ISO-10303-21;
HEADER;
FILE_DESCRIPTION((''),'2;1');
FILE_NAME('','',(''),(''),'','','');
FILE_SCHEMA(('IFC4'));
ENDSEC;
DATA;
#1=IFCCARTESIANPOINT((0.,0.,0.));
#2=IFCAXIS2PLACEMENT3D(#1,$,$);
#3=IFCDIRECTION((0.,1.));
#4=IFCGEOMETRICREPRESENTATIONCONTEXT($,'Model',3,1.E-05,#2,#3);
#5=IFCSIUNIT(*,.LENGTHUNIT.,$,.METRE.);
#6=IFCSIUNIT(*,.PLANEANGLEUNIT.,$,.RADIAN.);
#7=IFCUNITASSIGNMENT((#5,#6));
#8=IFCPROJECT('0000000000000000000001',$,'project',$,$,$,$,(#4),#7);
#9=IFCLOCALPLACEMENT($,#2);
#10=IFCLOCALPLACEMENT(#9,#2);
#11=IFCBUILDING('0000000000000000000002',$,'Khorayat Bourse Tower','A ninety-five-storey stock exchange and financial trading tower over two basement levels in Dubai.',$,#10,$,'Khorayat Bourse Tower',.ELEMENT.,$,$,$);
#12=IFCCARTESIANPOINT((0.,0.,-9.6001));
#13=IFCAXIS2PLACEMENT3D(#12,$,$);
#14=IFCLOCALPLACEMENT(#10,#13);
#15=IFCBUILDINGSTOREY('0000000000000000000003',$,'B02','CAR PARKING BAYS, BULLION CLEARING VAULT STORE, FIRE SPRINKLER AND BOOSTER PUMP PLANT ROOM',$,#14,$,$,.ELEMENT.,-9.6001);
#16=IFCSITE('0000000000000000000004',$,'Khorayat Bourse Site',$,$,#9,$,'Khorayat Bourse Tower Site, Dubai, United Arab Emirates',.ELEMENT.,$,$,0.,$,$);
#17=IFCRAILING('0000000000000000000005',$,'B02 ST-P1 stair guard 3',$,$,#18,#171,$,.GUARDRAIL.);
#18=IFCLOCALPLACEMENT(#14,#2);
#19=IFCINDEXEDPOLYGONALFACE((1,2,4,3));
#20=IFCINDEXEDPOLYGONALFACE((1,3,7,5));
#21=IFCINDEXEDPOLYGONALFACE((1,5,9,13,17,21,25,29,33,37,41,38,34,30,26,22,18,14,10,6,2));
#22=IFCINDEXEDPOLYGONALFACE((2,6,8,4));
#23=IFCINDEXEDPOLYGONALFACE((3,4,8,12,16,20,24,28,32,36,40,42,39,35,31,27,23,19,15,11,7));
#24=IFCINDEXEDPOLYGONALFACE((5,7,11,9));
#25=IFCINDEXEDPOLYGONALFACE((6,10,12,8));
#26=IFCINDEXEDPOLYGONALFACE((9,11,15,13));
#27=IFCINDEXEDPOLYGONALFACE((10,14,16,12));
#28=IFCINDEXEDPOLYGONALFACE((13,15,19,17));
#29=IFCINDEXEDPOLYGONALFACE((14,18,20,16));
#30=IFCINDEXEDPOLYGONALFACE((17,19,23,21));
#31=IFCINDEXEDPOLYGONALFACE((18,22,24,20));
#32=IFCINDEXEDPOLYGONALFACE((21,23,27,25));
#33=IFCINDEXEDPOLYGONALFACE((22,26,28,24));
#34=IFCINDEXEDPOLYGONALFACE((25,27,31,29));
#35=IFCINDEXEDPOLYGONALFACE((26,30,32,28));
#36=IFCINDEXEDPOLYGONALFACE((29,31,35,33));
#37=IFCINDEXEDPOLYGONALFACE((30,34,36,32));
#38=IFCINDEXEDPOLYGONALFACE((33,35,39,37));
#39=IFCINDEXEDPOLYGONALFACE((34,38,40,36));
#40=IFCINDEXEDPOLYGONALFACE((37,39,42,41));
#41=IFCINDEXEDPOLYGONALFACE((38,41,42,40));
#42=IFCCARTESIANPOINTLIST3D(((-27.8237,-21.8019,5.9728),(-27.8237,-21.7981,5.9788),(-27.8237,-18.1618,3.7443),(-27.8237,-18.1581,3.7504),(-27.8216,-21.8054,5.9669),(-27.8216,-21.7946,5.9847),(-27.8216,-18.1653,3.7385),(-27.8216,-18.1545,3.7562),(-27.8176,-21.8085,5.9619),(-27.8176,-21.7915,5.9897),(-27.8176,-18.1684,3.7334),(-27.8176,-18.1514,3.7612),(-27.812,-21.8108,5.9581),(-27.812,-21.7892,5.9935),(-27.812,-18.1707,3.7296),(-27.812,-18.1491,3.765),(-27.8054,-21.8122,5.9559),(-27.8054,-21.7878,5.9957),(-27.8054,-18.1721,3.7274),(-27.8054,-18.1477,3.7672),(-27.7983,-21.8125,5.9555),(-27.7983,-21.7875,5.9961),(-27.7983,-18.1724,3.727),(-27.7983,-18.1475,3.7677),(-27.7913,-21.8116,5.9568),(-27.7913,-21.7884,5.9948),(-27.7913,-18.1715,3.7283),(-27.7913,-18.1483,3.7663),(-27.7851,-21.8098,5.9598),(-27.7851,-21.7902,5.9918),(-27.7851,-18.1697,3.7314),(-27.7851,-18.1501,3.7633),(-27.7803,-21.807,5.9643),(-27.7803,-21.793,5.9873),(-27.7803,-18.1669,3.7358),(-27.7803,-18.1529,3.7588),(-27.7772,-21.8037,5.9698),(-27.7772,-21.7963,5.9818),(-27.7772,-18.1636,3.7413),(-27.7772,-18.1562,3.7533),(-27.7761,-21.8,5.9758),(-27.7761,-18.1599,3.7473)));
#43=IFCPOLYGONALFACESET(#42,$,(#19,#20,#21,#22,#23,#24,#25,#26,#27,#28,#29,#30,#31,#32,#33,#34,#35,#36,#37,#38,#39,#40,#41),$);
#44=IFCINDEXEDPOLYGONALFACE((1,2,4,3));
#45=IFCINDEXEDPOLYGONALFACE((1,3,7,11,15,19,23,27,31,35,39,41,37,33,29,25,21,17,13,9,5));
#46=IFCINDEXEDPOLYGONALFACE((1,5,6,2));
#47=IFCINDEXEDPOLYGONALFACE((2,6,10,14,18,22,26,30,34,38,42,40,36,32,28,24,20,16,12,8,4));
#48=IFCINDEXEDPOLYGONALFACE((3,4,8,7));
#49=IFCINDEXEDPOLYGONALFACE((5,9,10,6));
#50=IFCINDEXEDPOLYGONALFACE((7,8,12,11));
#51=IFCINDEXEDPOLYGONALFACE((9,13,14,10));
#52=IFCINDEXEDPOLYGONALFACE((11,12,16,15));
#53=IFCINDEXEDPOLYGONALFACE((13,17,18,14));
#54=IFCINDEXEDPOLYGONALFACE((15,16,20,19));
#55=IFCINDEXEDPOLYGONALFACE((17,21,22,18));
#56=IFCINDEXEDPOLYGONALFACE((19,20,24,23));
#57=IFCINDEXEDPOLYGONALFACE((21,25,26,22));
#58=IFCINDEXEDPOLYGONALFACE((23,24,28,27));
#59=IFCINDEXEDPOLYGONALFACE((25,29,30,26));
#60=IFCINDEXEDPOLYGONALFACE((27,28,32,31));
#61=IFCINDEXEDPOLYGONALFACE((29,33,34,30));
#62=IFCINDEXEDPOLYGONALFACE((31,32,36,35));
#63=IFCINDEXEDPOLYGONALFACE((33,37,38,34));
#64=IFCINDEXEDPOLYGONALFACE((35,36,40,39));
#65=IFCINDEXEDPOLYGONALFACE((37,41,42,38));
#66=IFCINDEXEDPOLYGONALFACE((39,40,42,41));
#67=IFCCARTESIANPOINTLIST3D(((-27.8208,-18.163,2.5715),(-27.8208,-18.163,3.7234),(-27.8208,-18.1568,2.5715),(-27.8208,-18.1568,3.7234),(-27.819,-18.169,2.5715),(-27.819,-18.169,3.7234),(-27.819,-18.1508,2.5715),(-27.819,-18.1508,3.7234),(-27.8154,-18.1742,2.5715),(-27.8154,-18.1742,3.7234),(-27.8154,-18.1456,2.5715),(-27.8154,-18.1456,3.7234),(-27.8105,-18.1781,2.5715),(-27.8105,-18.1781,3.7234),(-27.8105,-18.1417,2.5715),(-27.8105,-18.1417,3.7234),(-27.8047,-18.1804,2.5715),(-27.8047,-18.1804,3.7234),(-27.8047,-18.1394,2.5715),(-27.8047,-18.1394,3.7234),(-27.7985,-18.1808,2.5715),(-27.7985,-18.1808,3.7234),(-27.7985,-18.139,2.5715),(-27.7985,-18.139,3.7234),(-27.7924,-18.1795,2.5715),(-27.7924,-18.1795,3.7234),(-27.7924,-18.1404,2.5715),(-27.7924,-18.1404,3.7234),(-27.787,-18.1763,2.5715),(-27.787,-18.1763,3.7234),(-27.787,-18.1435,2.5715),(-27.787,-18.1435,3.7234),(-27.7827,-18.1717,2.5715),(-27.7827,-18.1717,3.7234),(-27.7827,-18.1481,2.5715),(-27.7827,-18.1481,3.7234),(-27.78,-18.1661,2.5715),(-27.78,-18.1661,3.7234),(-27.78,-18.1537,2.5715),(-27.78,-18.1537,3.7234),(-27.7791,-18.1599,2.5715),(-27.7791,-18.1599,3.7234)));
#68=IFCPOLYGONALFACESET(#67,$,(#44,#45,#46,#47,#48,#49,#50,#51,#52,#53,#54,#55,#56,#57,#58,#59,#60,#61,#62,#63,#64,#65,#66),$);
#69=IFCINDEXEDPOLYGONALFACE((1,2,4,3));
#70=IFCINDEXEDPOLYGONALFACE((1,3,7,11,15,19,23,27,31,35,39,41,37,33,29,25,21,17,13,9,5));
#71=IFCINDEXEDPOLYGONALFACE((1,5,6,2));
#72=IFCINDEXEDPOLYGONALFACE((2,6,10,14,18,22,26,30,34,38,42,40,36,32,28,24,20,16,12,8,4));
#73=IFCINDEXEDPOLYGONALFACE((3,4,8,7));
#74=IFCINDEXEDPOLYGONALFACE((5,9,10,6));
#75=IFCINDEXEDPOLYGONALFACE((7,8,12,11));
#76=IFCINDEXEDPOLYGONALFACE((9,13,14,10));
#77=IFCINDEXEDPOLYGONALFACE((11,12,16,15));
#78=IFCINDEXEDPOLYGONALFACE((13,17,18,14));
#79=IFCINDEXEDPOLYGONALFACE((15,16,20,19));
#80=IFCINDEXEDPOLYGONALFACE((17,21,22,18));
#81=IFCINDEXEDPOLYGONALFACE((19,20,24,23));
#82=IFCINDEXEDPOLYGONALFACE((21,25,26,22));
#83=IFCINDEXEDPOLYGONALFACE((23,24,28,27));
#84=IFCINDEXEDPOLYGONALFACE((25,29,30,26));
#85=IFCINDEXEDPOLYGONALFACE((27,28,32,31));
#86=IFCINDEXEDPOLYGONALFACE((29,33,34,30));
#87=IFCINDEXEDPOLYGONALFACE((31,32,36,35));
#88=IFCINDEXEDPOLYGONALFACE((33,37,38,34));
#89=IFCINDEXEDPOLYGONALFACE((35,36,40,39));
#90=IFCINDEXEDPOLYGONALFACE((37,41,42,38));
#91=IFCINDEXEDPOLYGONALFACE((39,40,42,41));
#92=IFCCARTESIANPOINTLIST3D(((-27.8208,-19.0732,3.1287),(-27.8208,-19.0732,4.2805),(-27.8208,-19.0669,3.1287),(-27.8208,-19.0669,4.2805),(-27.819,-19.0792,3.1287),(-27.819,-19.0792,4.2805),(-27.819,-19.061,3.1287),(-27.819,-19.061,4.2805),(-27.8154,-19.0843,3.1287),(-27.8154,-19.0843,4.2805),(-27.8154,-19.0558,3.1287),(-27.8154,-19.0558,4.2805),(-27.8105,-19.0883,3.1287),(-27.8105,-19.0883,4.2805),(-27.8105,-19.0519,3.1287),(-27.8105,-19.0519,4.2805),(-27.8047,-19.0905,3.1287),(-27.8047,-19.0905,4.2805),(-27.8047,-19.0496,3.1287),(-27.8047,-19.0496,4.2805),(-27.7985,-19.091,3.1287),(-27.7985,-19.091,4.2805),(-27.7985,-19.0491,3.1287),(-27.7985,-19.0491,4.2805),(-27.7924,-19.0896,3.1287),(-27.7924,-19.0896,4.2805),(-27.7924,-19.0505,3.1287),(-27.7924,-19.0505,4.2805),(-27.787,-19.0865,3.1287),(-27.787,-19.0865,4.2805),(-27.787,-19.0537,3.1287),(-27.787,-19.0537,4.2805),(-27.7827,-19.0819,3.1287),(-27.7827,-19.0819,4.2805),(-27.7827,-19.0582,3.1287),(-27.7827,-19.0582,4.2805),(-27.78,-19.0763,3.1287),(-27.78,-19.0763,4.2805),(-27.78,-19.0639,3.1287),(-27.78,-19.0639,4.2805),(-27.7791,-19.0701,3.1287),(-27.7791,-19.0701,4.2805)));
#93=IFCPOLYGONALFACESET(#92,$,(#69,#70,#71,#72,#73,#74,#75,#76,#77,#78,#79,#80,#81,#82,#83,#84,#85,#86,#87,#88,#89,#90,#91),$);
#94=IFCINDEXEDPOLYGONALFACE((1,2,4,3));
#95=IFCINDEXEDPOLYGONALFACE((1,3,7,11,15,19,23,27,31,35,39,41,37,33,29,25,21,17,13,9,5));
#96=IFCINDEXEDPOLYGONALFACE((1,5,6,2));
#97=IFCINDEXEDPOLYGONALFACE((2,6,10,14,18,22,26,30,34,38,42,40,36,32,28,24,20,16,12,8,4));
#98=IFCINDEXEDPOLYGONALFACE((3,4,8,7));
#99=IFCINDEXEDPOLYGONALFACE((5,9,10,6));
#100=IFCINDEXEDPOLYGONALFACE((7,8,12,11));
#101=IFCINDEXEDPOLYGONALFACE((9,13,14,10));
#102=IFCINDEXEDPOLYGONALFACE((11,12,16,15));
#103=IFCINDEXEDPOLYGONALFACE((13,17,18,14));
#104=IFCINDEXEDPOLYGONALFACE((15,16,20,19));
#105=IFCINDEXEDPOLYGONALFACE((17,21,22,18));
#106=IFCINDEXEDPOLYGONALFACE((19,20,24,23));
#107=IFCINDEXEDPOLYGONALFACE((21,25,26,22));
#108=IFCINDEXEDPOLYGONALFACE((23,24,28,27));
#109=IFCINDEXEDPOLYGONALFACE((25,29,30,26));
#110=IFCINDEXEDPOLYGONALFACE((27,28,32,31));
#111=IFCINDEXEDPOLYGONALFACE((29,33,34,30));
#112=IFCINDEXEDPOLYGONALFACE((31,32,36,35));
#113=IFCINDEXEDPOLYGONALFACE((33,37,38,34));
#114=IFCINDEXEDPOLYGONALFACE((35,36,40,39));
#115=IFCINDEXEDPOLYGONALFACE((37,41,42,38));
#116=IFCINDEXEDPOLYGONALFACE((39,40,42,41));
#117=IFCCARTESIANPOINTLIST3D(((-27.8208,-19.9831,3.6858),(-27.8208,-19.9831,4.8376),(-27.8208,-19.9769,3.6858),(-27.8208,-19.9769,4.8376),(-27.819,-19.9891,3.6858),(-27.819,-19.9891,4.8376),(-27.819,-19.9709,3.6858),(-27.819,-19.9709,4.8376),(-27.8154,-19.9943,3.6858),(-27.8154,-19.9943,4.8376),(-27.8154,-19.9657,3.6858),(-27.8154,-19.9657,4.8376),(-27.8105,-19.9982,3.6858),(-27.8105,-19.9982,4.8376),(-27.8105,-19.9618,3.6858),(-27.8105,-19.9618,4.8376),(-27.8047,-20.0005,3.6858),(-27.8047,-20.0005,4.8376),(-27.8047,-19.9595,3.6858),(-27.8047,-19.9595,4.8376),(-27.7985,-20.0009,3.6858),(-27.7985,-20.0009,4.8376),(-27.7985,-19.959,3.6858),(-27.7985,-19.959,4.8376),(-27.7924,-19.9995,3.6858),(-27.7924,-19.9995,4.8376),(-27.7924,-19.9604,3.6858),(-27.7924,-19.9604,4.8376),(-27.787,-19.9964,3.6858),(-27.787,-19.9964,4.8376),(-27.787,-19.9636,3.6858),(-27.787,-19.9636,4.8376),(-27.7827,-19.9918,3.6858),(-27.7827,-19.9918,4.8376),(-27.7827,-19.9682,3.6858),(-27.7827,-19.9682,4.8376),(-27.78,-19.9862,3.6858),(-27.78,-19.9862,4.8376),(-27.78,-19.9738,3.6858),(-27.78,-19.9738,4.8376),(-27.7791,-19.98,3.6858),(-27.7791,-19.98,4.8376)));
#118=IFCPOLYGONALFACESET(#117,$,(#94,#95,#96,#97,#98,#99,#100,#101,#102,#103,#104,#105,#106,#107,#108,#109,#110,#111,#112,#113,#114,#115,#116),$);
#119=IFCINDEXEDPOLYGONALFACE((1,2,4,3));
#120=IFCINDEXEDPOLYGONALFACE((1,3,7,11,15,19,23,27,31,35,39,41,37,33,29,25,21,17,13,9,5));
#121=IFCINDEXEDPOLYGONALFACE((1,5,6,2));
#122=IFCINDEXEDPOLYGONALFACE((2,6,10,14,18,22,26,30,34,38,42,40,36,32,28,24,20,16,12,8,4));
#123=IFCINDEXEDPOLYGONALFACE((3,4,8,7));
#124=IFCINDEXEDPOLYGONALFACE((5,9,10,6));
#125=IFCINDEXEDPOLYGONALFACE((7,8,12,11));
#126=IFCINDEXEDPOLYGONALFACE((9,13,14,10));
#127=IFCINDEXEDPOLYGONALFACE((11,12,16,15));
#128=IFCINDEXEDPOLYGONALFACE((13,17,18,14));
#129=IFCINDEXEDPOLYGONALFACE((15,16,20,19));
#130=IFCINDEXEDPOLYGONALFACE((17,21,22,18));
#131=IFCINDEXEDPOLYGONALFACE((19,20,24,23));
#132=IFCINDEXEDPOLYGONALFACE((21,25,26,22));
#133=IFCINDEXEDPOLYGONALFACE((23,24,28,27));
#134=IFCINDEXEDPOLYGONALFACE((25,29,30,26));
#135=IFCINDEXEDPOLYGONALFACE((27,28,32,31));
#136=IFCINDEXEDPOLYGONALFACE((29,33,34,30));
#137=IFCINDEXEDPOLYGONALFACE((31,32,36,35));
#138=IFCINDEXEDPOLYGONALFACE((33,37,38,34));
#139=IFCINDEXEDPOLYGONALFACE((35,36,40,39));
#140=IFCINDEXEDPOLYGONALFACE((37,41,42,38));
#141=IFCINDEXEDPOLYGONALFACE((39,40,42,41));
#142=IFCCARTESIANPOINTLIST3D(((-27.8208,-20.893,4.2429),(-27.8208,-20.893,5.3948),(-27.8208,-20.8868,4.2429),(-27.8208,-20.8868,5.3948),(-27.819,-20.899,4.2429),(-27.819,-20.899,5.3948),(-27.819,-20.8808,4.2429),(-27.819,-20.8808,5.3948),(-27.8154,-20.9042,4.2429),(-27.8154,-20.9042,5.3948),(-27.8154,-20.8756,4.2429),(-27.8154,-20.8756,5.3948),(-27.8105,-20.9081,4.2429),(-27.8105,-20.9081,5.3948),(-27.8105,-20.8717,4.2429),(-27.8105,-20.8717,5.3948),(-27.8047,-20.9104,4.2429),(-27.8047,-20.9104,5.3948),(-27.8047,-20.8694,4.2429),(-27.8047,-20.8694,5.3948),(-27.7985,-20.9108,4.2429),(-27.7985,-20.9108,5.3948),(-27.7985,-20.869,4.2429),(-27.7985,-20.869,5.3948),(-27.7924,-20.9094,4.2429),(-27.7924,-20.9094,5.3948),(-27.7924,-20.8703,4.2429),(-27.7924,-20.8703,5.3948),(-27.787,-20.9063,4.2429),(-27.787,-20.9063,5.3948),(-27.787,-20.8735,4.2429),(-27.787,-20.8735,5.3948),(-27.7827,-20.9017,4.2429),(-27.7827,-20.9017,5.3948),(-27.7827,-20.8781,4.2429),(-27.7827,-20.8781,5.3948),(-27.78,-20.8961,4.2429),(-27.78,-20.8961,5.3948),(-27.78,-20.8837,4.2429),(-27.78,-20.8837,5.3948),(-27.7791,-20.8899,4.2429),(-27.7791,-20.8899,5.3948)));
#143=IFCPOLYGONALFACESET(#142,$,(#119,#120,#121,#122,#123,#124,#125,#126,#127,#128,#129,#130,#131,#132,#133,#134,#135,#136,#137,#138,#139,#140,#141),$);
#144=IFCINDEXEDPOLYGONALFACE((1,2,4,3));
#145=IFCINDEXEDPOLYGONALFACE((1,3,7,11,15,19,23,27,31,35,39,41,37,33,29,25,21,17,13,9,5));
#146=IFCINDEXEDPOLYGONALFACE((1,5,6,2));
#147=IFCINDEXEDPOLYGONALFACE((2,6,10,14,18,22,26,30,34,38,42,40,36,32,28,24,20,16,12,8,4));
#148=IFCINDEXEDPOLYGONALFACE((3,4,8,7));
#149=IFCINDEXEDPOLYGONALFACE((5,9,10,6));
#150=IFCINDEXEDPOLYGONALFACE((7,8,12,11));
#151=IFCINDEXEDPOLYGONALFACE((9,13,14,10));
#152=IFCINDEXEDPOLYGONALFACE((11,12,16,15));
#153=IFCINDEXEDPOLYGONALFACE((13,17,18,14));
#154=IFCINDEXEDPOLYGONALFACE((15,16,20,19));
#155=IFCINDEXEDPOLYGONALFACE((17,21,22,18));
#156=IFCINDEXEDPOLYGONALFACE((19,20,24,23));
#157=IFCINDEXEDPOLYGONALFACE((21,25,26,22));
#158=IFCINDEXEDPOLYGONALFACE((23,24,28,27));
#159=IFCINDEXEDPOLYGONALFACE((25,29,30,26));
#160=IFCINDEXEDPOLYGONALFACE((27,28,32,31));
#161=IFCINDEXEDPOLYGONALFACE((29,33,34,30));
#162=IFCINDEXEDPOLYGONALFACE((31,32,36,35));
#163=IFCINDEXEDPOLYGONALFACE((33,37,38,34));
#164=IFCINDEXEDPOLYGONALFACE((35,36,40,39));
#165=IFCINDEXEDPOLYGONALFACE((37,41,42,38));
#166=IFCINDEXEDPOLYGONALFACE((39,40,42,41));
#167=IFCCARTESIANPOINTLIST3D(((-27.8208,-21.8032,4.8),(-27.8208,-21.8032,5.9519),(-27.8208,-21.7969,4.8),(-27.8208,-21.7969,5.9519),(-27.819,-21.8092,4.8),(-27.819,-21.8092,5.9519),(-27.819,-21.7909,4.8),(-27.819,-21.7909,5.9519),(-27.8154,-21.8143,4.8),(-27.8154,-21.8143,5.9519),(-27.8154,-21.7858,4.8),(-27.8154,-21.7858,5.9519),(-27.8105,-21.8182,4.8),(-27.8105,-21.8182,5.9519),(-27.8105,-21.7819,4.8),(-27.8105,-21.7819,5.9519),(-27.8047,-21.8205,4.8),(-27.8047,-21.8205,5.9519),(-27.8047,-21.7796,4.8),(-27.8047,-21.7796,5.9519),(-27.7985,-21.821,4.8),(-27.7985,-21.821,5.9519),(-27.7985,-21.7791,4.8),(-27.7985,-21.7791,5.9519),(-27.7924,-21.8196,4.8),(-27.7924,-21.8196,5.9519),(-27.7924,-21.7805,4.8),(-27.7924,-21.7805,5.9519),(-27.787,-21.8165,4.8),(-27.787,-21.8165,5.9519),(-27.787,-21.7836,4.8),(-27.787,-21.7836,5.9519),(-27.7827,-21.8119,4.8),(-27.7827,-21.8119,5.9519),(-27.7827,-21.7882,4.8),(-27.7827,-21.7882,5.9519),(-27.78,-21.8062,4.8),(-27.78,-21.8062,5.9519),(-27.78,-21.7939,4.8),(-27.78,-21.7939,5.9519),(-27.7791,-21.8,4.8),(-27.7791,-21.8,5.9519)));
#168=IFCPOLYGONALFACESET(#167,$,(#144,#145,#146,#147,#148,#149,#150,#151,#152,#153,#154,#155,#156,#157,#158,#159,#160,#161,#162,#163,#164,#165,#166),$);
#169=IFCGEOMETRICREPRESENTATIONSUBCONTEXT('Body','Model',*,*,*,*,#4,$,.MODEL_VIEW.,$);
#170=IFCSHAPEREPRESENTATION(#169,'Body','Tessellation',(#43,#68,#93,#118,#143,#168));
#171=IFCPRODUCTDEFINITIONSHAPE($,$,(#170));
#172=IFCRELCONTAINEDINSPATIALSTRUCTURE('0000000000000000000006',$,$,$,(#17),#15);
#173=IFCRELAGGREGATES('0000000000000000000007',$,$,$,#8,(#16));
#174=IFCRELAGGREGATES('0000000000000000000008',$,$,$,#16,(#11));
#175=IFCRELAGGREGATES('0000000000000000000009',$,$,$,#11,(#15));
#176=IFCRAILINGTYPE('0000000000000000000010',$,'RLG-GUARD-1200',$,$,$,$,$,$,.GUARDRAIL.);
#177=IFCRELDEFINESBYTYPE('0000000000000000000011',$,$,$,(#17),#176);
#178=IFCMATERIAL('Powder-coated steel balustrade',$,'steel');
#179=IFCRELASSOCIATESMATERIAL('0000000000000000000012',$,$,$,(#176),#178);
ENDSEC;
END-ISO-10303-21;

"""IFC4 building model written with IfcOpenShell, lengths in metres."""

from ifc_helpers import new_model, si_unit, direction, frame, origin, origin_2d, place, context, subcontext, project, spatial, circle, extrude, source, transform, mapped, material, type_object, element, save


model = new_model("IFC4")

# Units and contexts
model_context = context("Model", 3, precision=1e-05, world=origin(), true_north=direction((0.0, 1.0)))
body_context = subcontext(model_context, "Body", "Model", "MODEL_VIEW")
ifc_project = project(units=[si_unit("LENGTHUNIT", "METRE"), si_unit("PLANEANGLEUNIT", "RADIAN")], contexts=[model_context])

# Site, building, storey
site_placement = place(None, origin())
site = spatial("IfcSite", under=ifc_project, at=site_placement, Name="Khorayat Bourse Site", LongName="Khorayat Bourse Tower Site, Dubai, United Arab Emirates", CompositionType="ELEMENT", RefElevation=0.0)
building_placement = place(site_placement, origin())
building = spatial("IfcBuilding", under=site, at=building_placement, Name="Khorayat Bourse Tower", Description="A ninety-five-storey stock exchange and financial trading tower over two basement levels in Dubai.", LongName="Khorayat Bourse Tower", CompositionType="ELEMENT")
storey_placement = place(building_placement, frame((0.0, 0.0, -9.6001)))
storey = spatial("IfcBuildingStorey", under=building, at=storey_placement, Name="B02", Description="CAR PARKING BAYS, BULLION CLEARING VAULT STORE, FIRE SPRINKLER AND BOOSTER PUMP PLANT ROOM", CompositionType="ELEMENT", Elevation=-9.6001)

# Railing
ifc_material_1 = material(Name="Powder-coated steel balustrade", Category="steel")
railing_type_1 = type_object("IfcRailingType", Name="RLG-GUARD-1200", PredefinedType="GUARDRAIL", material=ifc_material_1)
shared_shape_1 = source(origin(), body_context, "Body", "SweptSolid", [
    extrude(circle(Radius=0.0239, at=origin_2d()), frame((0.0, 0.0, 1.1758), z_axis=(0.0, -0.852866, 0.52213), x_axis=(1.0, 0.0, 0.0)), (0.0, 0.0, 1.0), 4.2681),
    extrude(circle(Radius=0.021, at=origin_2d()), origin(), (0.0, 0.0, 1.0), 1.1519),
    extrude(circle(Radius=0.021, at=origin_2d()), frame((0.0, -0.9102, 0.5571)), (0.0, 0.0, 1.0), 1.1519),
    extrude(circle(Radius=0.021, at=origin_2d()), frame((0.0, -1.8201, 1.1143)), (0.0, 0.0, 1.0), 1.1519),
    extrude(circle(Radius=0.021, at=origin_2d()), frame((0.0, -2.73, 1.6714)), (0.0, 0.0, 1.0), 1.1519),
    extrude(circle(Radius=0.021, at=origin_2d()), frame((0.0, -3.6401, 2.2285)), (0.0, 0.0, 1.0), 1.1519),
])
railing_1_placement = place(storey_placement, frame((-27.8, -18.1599, 2.5715)))
element("IfcRailing", 1, at=railing_1_placement, inside=storey, type_object=railing_type_1, Name="B02 ST-P1 stair guard 3", PredefinedType="GUARDRAIL", context=body_context, shape_type="MappedRepresentation", body=[
    mapped(shared_shape_1, transform((0.0, 0.0, 0.0), scale=1.0)),
])

save(model, "model.ifc")
